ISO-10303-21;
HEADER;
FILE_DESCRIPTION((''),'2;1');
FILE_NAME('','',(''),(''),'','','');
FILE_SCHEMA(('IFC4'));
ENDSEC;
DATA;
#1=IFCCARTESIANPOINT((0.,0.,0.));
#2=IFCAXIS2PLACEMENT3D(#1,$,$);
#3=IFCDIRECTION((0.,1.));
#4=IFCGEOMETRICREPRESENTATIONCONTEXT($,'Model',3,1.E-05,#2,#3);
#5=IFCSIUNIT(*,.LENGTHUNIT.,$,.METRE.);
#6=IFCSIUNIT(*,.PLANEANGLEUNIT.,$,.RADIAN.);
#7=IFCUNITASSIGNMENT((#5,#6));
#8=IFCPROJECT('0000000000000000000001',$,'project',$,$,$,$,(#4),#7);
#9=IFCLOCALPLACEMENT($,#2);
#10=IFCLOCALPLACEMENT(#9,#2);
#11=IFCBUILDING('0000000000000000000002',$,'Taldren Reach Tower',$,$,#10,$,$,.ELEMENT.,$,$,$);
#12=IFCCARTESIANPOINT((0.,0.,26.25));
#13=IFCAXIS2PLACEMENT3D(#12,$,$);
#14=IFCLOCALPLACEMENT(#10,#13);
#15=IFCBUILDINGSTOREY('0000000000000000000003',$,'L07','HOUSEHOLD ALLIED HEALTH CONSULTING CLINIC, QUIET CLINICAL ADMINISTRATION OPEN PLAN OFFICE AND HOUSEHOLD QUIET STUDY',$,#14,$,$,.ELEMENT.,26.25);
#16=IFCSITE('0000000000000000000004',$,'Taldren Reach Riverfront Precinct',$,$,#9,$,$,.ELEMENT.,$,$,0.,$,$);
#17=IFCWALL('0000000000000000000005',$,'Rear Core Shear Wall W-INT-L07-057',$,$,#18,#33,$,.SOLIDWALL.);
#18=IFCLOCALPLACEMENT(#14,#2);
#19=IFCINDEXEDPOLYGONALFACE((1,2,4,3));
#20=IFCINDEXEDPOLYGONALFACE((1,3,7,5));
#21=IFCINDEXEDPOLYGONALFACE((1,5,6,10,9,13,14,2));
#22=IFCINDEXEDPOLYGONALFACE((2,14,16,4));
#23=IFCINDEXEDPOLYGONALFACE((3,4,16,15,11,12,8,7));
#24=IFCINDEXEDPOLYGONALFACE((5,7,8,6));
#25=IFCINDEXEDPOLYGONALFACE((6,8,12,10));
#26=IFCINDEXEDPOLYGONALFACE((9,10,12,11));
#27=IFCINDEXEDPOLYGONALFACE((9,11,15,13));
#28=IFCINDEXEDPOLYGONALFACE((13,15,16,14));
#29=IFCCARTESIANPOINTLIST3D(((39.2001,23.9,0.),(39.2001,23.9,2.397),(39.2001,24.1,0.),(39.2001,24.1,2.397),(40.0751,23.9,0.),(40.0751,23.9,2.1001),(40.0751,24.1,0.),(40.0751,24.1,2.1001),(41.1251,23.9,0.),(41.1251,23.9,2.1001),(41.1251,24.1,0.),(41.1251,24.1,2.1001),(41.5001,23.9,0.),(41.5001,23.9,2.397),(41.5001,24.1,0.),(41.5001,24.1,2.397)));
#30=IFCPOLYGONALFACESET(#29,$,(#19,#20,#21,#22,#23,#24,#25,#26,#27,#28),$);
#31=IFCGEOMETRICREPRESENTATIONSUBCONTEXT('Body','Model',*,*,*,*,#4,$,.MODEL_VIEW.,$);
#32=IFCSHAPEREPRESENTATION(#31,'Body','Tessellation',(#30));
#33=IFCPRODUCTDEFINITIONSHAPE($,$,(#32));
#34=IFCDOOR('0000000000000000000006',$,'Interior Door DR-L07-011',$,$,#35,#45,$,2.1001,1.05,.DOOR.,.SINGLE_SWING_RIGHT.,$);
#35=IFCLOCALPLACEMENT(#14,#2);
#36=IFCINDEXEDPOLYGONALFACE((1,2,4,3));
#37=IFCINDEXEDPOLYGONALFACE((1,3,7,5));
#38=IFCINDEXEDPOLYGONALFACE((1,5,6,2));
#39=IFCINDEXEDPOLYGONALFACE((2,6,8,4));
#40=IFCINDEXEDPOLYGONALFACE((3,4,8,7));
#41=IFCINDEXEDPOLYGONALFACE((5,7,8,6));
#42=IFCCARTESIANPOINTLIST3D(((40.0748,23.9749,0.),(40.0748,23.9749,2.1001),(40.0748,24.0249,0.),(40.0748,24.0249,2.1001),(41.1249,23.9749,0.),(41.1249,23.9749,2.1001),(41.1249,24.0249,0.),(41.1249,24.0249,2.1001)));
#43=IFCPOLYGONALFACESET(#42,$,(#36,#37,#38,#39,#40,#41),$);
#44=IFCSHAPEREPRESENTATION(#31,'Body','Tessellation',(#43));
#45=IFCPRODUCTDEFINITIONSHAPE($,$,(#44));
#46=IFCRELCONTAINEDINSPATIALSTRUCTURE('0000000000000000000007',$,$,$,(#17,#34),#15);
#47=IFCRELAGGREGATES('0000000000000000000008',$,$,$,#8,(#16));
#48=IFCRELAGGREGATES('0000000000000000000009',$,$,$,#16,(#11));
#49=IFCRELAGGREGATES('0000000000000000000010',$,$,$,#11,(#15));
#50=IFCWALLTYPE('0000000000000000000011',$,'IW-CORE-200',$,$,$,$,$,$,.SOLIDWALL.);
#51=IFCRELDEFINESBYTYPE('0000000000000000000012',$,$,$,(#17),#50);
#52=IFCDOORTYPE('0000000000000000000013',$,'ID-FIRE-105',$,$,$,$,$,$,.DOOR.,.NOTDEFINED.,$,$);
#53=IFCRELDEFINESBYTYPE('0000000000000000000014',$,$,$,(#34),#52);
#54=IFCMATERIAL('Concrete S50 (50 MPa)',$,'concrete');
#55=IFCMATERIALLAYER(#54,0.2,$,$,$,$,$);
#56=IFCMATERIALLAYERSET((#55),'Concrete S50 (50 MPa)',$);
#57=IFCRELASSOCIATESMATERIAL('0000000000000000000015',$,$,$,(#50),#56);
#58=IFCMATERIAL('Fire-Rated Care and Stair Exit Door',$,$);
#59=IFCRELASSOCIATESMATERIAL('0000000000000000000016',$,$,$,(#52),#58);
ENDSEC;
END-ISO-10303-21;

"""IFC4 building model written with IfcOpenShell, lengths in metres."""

from ifc_helpers import new_model, si_unit, direction, frame, frame_2d, origin, place, context, subcontext, project, spatial, rectangle, extrude, source, transform, mapped, material, layer, layer_set, type_object, element, fill, save


model = new_model("IFC4")

# Units and contexts
model_context = context("Model", 3, precision=1e-05, world=origin(), true_north=direction((0.0, 1.0)))
body_context = subcontext(model_context, "Body", "Model", "MODEL_VIEW")
ifc_project = project(units=[si_unit("LENGTHUNIT", "METRE"), si_unit("PLANEANGLEUNIT", "RADIAN")], contexts=[model_context])

# Site, building, storey
site_placement = place(None, origin())
site = spatial("IfcSite", under=ifc_project, at=site_placement, Name="Taldren Reach Riverfront Precinct", CompositionType="ELEMENT", RefElevation=0.0)
building_placement = place(site_placement, origin())
building = spatial("IfcBuilding", under=site, at=building_placement, Name="Taldren Reach Tower", CompositionType="ELEMENT")
storey_placement = place(building_placement, frame((0.0, 0.0, 26.25)))
storey = spatial("IfcBuildingStorey", under=building, at=storey_placement, Name="L07", Description="HOUSEHOLD ALLIED HEALTH CONSULTING CLINIC, QUIET CLINICAL ADMINISTRATION OPEN PLAN OFFICE AND HOUSEHOLD QUIET STUDY", CompositionType="ELEMENT", Elevation=26.25)

# Shared definitions
ifc_material_1 = material(Name="Concrete S50 (50 MPa)", Category="concrete")
ifc_layer_1 = layer(ifc_material_1, 0.2)
ifc_layer_set_1 = layer_set([ifc_layer_1], Name="Concrete S50 (50 MPa)")
wall_type_1 = type_object("IfcWallType", Name="IW-CORE-200", PredefinedType="SOLIDWALL", material=ifc_layer_set_1)

# Shared definitions
shared_shape_1 = source(origin(), body_context, "Body", "SweptSolid", [
    extrude(rectangle(XDim=1.05, YDim=2.1001, at=frame_2d((0.5249, 1.05))), frame((0.0, 0.1099, 0.0), z_axis=(0.0, -1.0, 0.0), x_axis=(1.0, 0.0, 0.0)), (0.0, 0.0, 1.0), 0.22),
])
ifc_material_2 = material(Name="Fire-Rated Care and Stair Exit Door")
door_type_1 = type_object("IfcDoorType", Name="ID-FIRE-105", OperationType="NOTDEFINED", PredefinedType="DOOR", material=ifc_material_2)
shared_shape_2 = source(origin(), body_context, "Body", "SweptSolid", [
    extrude(rectangle(XDim=1.05, YDim=2.1001, at=frame_2d((0.5249, 1.05))), frame((0.0, 0.0249, 0.0), z_axis=(0.0, -1.0, 0.0), x_axis=(1.0, 0.0, 0.0)), (0.0, 0.0, 1.0), 0.05),
])

# Wall, opening, door
shared_shape_3 = source(origin(), body_context, "Body", "SweptSolid", [
    extrude(rectangle(XDim=2.3, YDim=0.2, at=frame_2d((1.1499, 0.0))), origin(), (0.0, 0.0, 1.0), 2.397),
])
wall_1_placement = place(storey_placement, frame((41.5, 24.0, 0.0), z_axis=(0.0, 0.0, 1.0), x_axis=(-1.0, 0.0, 0.0)))
wall_1 = element("IfcWall", 1, at=wall_1_placement, inside=storey, type_object=wall_type_1, Name="Rear Core Shear Wall W-INT-L07-057", PredefinedType="SOLIDWALL", context=body_context, shape_type="MappedRepresentation", body=[
    mapped(shared_shape_3, transform((0.0, 0.0, 0.0), scale=1.0)),
])
opening_1_placement = place(wall_1_placement, frame((0.375, 0.0, 0.0)))
opening_1 = element("IfcOpeningElement", 2, at=opening_1_placement, cuts=wall_1, PredefinedType="OPENING", context=body_context, shape_type="MappedRepresentation", body=[
    mapped(shared_shape_1, transform((0.0, 0.0, 0.0), scale=1.0)),
])
door_1_placement = place(opening_1_placement, frame((1.05, 0.0, 0.0), z_axis=(0.0, 0.0, 1.0), x_axis=(-1.0, 0.0, 0.0)))
door_1 = element("IfcDoor", 3, at=door_1_placement, inside=storey, type_object=door_type_1, Name="Interior Door DR-L07-011", OperationType="SINGLE_SWING_RIGHT", OverallHeight=2.1001, OverallWidth=1.05, PredefinedType="DOOR", context=body_context, shape_type="MappedRepresentation", body=[
    mapped(shared_shape_2, transform((0.0, 0.0, 0.0), scale=1.0)),
])
fill(opening_1, door_1)

save(model, "model.ifc")
